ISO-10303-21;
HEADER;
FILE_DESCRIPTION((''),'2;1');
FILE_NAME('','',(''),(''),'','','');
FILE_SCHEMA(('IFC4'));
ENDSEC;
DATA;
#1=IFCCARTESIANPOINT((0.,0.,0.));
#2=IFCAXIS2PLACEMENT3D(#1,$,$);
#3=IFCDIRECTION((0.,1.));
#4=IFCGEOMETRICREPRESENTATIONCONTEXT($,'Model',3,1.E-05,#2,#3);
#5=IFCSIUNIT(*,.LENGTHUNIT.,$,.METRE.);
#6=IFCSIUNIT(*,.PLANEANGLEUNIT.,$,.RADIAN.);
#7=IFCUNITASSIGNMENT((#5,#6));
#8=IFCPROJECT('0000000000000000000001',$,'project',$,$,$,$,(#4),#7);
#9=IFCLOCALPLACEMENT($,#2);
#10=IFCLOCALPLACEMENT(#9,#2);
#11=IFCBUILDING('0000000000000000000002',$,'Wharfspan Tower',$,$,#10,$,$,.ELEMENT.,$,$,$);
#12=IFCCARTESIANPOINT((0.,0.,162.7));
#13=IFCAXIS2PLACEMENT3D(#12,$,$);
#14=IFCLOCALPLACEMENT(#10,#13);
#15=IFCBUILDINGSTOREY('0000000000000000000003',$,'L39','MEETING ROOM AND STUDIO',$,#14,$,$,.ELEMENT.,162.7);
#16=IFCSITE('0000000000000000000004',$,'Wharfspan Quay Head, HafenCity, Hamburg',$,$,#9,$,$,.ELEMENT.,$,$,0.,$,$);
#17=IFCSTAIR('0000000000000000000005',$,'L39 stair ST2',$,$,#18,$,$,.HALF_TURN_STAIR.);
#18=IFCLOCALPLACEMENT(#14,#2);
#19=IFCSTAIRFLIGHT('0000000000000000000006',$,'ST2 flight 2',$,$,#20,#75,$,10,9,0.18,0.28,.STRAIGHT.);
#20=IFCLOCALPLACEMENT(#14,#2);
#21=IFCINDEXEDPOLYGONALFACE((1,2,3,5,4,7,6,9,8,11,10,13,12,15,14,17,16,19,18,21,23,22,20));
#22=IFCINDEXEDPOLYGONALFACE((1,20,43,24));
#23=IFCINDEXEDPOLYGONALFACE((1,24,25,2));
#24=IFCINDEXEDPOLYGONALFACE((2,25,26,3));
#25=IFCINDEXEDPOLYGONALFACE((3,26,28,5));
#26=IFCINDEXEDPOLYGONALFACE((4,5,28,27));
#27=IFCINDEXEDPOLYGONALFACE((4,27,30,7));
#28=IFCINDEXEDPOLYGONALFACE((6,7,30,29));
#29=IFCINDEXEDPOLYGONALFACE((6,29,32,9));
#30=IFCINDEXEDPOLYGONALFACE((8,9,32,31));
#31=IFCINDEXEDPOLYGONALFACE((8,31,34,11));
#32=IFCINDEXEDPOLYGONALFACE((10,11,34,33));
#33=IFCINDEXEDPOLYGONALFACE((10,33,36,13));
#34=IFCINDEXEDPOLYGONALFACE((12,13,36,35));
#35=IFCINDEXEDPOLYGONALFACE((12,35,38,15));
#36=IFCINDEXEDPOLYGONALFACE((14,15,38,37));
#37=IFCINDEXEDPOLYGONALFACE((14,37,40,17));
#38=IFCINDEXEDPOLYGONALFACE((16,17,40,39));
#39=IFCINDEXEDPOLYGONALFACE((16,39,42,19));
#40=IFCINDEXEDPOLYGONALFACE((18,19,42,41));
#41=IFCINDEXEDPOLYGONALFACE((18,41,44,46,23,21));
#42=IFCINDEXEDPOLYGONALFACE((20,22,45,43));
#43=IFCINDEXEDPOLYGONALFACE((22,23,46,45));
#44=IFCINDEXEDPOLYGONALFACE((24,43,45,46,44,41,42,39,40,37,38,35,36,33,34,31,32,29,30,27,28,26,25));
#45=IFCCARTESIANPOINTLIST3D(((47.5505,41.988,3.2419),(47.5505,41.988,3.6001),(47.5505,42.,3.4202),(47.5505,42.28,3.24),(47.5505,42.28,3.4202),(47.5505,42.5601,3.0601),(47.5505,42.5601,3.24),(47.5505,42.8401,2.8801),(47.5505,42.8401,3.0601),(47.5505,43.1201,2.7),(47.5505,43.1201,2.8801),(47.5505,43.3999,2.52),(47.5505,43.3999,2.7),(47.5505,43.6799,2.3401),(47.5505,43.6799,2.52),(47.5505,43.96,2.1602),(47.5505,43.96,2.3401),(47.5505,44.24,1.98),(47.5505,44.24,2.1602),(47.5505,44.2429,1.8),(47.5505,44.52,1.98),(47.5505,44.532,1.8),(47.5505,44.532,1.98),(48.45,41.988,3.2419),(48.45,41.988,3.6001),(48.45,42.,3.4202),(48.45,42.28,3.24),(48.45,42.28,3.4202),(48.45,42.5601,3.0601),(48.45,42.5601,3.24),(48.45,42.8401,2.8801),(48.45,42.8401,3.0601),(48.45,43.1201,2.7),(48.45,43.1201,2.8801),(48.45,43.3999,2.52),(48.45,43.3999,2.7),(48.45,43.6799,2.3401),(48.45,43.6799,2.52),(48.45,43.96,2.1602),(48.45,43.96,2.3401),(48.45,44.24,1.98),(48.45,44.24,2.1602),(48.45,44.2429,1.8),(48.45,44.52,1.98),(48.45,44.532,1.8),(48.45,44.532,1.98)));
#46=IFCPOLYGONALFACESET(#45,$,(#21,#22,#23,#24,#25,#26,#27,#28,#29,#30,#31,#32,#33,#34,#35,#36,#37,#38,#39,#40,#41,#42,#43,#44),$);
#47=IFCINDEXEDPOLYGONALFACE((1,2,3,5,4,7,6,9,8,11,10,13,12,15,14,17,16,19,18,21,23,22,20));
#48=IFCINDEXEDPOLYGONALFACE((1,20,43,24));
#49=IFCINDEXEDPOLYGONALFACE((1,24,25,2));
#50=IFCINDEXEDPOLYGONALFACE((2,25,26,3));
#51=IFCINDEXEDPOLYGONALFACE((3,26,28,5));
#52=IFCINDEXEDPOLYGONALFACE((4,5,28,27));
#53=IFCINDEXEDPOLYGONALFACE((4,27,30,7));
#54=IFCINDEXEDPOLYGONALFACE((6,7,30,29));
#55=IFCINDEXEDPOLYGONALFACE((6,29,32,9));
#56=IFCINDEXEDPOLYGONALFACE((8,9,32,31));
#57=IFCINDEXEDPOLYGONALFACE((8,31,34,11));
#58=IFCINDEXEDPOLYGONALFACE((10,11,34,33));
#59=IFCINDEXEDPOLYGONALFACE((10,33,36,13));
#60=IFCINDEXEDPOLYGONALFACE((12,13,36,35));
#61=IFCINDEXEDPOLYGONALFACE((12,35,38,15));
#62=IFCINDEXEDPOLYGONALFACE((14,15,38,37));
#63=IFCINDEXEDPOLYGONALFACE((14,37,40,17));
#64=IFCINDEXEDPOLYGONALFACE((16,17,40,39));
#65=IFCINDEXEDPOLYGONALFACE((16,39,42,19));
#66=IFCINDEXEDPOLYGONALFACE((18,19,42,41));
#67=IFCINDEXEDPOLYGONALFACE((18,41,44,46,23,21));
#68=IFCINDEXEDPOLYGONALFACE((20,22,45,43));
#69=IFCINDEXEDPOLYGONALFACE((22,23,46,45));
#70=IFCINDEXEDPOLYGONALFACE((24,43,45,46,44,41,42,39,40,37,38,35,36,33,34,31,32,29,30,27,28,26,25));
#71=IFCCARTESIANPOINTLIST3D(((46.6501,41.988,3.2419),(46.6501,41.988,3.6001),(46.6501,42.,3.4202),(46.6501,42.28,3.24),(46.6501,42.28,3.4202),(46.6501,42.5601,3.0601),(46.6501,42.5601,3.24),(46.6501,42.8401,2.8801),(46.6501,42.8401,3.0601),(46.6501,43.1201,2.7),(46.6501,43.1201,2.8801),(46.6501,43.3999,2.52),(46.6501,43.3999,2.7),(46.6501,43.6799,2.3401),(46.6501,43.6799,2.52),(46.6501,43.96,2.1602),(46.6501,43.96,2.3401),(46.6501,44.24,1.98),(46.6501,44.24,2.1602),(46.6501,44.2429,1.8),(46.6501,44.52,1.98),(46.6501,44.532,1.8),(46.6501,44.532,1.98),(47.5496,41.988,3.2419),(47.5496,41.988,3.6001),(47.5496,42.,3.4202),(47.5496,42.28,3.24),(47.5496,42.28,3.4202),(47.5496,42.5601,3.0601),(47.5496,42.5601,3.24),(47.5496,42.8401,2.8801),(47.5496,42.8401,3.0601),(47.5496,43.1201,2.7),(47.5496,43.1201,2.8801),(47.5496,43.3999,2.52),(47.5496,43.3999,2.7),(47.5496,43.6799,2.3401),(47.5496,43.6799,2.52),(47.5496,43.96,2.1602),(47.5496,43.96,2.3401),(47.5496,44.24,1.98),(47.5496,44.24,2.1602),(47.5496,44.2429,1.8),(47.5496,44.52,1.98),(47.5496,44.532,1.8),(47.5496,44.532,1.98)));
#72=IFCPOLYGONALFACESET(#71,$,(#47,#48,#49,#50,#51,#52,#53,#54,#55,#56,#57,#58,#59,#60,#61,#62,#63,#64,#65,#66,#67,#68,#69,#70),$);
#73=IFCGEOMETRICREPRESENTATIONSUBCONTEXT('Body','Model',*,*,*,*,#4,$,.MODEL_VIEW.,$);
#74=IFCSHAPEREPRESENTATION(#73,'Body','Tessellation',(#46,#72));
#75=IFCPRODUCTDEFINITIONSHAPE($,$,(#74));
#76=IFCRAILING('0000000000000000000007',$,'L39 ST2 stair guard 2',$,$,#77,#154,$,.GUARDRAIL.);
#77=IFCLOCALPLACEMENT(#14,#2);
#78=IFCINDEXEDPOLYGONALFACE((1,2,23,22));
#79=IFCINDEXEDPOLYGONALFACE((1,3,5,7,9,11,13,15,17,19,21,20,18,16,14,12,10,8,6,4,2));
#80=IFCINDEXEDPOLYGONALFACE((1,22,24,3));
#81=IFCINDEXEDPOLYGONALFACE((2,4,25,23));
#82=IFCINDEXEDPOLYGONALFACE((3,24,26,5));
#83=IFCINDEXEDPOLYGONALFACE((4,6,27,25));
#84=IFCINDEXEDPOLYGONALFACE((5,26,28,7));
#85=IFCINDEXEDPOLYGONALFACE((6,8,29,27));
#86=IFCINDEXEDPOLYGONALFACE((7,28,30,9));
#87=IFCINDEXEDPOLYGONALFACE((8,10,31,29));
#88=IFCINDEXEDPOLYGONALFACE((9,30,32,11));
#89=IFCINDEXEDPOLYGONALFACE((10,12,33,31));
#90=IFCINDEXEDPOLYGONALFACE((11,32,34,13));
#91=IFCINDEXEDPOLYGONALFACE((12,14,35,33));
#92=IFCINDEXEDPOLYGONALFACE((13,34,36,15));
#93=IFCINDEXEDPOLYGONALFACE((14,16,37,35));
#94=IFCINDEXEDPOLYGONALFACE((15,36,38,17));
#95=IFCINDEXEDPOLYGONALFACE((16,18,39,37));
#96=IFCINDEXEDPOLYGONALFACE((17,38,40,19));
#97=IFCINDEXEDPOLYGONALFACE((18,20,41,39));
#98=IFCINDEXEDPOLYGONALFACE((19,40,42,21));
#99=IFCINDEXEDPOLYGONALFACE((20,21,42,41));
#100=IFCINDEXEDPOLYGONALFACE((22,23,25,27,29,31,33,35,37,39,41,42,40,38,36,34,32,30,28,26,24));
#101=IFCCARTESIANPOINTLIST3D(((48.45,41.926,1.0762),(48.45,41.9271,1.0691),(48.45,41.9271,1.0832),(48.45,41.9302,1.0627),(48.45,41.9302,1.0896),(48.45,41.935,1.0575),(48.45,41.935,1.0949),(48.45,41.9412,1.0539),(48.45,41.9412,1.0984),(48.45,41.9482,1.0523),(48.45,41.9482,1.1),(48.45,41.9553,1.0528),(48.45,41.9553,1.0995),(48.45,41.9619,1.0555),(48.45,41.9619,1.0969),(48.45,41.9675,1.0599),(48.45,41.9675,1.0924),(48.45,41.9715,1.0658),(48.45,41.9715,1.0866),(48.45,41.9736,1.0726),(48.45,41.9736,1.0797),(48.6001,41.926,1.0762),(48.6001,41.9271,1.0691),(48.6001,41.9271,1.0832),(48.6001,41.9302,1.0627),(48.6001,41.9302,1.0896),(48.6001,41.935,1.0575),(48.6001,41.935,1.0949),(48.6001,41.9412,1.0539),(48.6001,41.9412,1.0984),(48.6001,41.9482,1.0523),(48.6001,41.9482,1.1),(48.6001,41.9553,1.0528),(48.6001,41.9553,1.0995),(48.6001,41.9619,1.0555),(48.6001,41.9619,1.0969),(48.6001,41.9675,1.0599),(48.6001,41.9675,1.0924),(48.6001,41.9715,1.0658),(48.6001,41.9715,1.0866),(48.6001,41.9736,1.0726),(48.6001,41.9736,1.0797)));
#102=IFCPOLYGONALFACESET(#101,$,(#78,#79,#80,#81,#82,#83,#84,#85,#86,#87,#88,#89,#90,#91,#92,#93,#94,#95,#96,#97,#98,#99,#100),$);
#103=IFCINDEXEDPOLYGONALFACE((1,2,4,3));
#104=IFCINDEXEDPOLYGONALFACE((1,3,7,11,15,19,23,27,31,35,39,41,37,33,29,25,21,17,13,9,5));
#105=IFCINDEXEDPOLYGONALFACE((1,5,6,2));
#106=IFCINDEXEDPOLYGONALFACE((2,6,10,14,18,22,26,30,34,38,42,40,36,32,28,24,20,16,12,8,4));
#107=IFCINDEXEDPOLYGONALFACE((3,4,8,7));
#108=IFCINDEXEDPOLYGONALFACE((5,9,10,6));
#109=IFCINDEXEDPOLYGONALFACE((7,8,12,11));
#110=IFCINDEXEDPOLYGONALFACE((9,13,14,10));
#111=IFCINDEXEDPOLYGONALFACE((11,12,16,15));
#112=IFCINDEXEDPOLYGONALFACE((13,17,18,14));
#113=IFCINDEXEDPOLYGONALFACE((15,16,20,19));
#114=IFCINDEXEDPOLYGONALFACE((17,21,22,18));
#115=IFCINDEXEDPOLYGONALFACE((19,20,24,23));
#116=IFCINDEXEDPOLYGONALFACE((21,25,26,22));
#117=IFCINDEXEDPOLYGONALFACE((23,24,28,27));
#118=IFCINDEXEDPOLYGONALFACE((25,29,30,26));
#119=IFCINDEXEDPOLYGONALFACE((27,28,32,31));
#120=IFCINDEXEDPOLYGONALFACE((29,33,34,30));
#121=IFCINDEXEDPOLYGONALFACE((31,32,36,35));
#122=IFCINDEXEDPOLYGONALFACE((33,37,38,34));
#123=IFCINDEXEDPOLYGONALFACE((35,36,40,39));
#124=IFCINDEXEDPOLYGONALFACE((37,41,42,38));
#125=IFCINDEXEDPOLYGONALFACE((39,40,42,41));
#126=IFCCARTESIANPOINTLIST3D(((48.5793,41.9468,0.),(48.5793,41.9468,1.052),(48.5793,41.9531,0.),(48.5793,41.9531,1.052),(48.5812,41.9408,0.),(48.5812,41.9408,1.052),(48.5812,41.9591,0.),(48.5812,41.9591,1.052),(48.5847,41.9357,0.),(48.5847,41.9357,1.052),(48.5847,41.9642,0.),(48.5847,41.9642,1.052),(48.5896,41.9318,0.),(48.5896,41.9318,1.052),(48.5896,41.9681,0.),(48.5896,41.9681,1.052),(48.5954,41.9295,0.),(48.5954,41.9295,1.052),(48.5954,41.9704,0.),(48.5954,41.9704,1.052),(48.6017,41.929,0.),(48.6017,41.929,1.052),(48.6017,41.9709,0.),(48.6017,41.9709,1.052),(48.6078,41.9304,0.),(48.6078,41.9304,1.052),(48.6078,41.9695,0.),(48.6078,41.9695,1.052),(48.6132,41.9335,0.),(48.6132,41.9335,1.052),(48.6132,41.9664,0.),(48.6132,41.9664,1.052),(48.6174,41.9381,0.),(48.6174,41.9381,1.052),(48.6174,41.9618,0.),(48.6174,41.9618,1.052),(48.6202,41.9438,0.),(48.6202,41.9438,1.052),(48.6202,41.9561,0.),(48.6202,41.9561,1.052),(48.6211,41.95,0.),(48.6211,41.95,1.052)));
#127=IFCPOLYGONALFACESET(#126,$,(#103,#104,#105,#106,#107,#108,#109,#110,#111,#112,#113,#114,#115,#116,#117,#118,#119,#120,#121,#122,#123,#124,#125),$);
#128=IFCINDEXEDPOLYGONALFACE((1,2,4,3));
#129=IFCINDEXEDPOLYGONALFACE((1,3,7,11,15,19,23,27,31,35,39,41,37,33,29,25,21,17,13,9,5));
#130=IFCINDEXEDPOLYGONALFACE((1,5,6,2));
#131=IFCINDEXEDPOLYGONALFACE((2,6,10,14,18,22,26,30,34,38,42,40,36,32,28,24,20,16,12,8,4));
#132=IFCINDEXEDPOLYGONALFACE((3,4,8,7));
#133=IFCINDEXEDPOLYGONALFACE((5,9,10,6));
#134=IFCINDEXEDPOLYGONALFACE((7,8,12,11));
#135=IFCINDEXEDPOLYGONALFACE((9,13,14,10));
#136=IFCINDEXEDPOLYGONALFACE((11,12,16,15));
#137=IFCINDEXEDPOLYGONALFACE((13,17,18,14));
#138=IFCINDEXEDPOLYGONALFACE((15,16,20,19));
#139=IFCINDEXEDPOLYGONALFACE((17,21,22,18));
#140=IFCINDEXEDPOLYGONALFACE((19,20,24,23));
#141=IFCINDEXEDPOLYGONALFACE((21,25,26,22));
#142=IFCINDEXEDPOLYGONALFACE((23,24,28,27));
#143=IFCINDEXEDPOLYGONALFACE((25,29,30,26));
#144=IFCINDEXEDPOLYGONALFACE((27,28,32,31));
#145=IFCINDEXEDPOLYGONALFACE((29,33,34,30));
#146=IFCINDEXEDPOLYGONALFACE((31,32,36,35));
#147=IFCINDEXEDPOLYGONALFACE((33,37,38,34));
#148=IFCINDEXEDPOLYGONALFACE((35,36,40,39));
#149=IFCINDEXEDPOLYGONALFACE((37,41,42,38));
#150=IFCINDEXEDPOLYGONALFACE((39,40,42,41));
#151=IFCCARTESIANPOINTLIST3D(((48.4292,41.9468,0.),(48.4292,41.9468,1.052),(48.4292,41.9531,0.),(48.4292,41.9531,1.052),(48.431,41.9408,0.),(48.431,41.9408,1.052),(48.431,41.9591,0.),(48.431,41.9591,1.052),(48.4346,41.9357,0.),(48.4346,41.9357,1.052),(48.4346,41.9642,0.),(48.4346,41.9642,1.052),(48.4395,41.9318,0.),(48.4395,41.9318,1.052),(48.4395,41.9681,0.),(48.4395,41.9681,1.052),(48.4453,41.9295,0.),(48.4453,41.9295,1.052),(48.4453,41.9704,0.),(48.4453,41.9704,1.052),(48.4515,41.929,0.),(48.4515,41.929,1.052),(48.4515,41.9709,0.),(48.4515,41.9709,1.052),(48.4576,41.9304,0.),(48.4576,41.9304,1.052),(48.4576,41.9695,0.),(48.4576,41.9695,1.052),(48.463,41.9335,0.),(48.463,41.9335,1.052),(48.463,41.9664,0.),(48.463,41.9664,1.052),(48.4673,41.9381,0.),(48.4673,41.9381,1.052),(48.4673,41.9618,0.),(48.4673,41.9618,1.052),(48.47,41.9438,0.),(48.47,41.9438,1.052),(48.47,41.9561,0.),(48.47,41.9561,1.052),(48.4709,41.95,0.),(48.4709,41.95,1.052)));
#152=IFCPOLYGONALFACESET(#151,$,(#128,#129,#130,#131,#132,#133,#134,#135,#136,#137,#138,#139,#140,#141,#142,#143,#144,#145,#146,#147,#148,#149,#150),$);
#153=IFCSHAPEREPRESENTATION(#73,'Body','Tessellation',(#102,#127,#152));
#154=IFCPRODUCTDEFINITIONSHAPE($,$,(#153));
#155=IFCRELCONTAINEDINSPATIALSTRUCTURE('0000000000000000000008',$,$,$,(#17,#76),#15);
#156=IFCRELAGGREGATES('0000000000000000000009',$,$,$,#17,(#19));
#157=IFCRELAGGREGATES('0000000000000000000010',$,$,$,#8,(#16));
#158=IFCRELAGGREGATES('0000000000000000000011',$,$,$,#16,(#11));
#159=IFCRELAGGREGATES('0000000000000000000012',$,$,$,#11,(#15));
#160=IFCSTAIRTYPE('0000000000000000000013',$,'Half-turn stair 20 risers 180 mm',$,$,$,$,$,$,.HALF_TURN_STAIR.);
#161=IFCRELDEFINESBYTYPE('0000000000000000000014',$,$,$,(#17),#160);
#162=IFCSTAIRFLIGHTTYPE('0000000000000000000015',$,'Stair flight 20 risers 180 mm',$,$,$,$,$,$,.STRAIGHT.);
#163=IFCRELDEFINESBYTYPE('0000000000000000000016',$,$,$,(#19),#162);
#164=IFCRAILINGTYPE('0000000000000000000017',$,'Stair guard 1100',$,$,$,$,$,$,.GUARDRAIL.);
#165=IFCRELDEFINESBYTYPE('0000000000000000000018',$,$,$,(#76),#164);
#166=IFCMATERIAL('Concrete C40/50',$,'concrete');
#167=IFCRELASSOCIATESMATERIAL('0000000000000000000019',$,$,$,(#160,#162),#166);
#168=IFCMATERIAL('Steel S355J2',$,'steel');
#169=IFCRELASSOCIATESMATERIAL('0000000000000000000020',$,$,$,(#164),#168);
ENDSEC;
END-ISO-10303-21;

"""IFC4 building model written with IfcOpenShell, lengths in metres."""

from ifc_helpers import new_model, si_unit, direction, frame, origin, origin_2d, place, context, subcontext, project, spatial, polyline, circle, outline, extrude, material, type_object, element, aggregate, save


model = new_model("IFC4")

# Units and contexts
model_context = context("Model", 3, precision=1e-05, world=origin(), true_north=direction((0.0, 1.0)))
body_context = subcontext(model_context, "Body", "Model", "MODEL_VIEW")
ifc_project = project(units=[si_unit("LENGTHUNIT", "METRE"), si_unit("PLANEANGLEUNIT", "RADIAN")], contexts=[model_context])

# Site, building, storey
site_placement = place(None, origin())
site = spatial("IfcSite", under=ifc_project, at=site_placement, Name="Wharfspan Quay Head, HafenCity, Hamburg", CompositionType="ELEMENT", RefElevation=0.0)
building_placement = place(site_placement, origin())
building = spatial("IfcBuilding", under=site, at=building_placement, Name="Wharfspan Tower", CompositionType="ELEMENT")
storey_placement = place(building_placement, frame((0.0, 0.0, 162.7)))
storey = spatial("IfcBuildingStorey", under=building, at=storey_placement, Name="L39", Description="MEETING ROOM AND STUDIO", CompositionType="ELEMENT", Elevation=162.7)

# Shared definitions
ifc_material_1 = material(Name="Steel S355J2", Category="steel")

# Shared definitions
ifc_material_2 = material(Name="Concrete C40/50", Category="concrete")

# Stair, stair flight
stair_type = type_object("IfcStairType", Name="Half-turn stair 20 risers 180 mm", PredefinedType="HALF_TURN_STAIR", material=ifc_material_2)
stair_placement = place(storey_placement, origin())
stair = element("IfcStair", 1, at=stair_placement, inside=storey, type_object=stair_type, Name="L39 stair ST2", PredefinedType="HALF_TURN_STAIR")
stair_flight_type = type_object("IfcStairFlightType", Name="Stair flight 20 risers 180 mm", PredefinedType="STRAIGHT", material=ifc_material_2)
stair_flight_placement = place(storey_placement, frame((47.55, 44.52, 1.8), z_axis=(0.0, 0.0, 1.0), x_axis=(0.0, -1.0, 0.0)))
stair_flight = element("IfcStairFlight", 2, at=stair_flight_placement, type_object=stair_flight_type, Name="ST2 flight 2", NumberOfRisers=10, NumberOfTreads=9, PredefinedType="STRAIGHT", RiserHeight=0.18, TreadLength=0.28, context=body_context, shape_type="SweptSolid", body=[
    extrude(outline(polyline([(-0.012, 0.0), (-0.012, 0.1799), (0.0, 0.1799), (0.28, 0.1799), (0.28, 0.3601), (0.5601, 0.3601), (0.5601, 0.54), (0.8401, 0.54), (0.8401, 0.72), (1.1201, 0.72), (1.1201, 0.8999), (1.3999, 0.8999), (1.3999, 1.0801), (1.6799, 1.0801), (1.6799, 1.26), (1.96, 1.26), (1.96, 1.4399), (2.24, 1.4399), (2.24, 1.6201), (2.52, 1.6201), (2.532, 1.8), (2.532, 1.4419), (0.2771, 0.0), (-0.012, 0.0)])), frame((0.0, 0.8999, 0.0), z_axis=(0.0, -1.0, 0.0), x_axis=(1.0, 0.0, 0.0)), (0.0, 0.0, 1.0), 0.8994),
    extrude(outline(polyline([(-0.012, 0.0), (-0.012, 0.1799), (0.0, 0.1799), (0.28, 0.1799), (0.28, 0.3601), (0.5601, 0.3601), (0.5601, 0.54), (0.8401, 0.54), (0.8401, 0.72), (1.1201, 0.72), (1.1201, 0.8999), (1.3999, 0.8999), (1.3999, 1.0801), (1.6799, 1.0801), (1.6799, 1.26), (1.96, 1.26), (1.96, 1.4399), (2.24, 1.4399), (2.24, 1.6201), (2.52, 1.6201), (2.532, 1.8), (2.532, 1.4419), (0.2771, 0.0), (-0.012, 0.0)])), frame((0.0, -0.0005, 0.0), z_axis=(0.0, -1.0, 0.0), x_axis=(1.0, 0.0, 0.0)), (0.0, 0.0, 1.0), 0.8994),
])
aggregate(stair, [stair_flight])

# Railing
railing_type_1 = type_object("IfcRailingType", Name="Stair guard 1100", PredefinedType="GUARDRAIL", material=ifc_material_1)
railing_1_placement = place(storey_placement, frame((48.6001, 41.95, 0.0)))
element("IfcRailing", 3, at=railing_1_placement, inside=storey, type_object=railing_type_1, Name="L39 ST2 stair guard 2", PredefinedType="GUARDRAIL", context=body_context, shape_type="SweptSolid", body=[
    extrude(circle(Radius=0.0239, at=origin_2d()), frame((0.0, 0.0, 1.0762), z_axis=(-1.0, 0.0, 0.0), x_axis=(0.0, -1.0, 0.0)), (0.0, 0.0, 1.0), 0.1501),
    extrude(circle(Radius=0.021, at=origin_2d()), origin(), (0.0, 0.0, 1.0), 1.052),
    extrude(circle(Radius=0.021, at=origin_2d()), frame((-0.1501, 0.0, 0.0)), (0.0, 0.0, 1.0), 1.052),
])

save(model, "model.ifc")
